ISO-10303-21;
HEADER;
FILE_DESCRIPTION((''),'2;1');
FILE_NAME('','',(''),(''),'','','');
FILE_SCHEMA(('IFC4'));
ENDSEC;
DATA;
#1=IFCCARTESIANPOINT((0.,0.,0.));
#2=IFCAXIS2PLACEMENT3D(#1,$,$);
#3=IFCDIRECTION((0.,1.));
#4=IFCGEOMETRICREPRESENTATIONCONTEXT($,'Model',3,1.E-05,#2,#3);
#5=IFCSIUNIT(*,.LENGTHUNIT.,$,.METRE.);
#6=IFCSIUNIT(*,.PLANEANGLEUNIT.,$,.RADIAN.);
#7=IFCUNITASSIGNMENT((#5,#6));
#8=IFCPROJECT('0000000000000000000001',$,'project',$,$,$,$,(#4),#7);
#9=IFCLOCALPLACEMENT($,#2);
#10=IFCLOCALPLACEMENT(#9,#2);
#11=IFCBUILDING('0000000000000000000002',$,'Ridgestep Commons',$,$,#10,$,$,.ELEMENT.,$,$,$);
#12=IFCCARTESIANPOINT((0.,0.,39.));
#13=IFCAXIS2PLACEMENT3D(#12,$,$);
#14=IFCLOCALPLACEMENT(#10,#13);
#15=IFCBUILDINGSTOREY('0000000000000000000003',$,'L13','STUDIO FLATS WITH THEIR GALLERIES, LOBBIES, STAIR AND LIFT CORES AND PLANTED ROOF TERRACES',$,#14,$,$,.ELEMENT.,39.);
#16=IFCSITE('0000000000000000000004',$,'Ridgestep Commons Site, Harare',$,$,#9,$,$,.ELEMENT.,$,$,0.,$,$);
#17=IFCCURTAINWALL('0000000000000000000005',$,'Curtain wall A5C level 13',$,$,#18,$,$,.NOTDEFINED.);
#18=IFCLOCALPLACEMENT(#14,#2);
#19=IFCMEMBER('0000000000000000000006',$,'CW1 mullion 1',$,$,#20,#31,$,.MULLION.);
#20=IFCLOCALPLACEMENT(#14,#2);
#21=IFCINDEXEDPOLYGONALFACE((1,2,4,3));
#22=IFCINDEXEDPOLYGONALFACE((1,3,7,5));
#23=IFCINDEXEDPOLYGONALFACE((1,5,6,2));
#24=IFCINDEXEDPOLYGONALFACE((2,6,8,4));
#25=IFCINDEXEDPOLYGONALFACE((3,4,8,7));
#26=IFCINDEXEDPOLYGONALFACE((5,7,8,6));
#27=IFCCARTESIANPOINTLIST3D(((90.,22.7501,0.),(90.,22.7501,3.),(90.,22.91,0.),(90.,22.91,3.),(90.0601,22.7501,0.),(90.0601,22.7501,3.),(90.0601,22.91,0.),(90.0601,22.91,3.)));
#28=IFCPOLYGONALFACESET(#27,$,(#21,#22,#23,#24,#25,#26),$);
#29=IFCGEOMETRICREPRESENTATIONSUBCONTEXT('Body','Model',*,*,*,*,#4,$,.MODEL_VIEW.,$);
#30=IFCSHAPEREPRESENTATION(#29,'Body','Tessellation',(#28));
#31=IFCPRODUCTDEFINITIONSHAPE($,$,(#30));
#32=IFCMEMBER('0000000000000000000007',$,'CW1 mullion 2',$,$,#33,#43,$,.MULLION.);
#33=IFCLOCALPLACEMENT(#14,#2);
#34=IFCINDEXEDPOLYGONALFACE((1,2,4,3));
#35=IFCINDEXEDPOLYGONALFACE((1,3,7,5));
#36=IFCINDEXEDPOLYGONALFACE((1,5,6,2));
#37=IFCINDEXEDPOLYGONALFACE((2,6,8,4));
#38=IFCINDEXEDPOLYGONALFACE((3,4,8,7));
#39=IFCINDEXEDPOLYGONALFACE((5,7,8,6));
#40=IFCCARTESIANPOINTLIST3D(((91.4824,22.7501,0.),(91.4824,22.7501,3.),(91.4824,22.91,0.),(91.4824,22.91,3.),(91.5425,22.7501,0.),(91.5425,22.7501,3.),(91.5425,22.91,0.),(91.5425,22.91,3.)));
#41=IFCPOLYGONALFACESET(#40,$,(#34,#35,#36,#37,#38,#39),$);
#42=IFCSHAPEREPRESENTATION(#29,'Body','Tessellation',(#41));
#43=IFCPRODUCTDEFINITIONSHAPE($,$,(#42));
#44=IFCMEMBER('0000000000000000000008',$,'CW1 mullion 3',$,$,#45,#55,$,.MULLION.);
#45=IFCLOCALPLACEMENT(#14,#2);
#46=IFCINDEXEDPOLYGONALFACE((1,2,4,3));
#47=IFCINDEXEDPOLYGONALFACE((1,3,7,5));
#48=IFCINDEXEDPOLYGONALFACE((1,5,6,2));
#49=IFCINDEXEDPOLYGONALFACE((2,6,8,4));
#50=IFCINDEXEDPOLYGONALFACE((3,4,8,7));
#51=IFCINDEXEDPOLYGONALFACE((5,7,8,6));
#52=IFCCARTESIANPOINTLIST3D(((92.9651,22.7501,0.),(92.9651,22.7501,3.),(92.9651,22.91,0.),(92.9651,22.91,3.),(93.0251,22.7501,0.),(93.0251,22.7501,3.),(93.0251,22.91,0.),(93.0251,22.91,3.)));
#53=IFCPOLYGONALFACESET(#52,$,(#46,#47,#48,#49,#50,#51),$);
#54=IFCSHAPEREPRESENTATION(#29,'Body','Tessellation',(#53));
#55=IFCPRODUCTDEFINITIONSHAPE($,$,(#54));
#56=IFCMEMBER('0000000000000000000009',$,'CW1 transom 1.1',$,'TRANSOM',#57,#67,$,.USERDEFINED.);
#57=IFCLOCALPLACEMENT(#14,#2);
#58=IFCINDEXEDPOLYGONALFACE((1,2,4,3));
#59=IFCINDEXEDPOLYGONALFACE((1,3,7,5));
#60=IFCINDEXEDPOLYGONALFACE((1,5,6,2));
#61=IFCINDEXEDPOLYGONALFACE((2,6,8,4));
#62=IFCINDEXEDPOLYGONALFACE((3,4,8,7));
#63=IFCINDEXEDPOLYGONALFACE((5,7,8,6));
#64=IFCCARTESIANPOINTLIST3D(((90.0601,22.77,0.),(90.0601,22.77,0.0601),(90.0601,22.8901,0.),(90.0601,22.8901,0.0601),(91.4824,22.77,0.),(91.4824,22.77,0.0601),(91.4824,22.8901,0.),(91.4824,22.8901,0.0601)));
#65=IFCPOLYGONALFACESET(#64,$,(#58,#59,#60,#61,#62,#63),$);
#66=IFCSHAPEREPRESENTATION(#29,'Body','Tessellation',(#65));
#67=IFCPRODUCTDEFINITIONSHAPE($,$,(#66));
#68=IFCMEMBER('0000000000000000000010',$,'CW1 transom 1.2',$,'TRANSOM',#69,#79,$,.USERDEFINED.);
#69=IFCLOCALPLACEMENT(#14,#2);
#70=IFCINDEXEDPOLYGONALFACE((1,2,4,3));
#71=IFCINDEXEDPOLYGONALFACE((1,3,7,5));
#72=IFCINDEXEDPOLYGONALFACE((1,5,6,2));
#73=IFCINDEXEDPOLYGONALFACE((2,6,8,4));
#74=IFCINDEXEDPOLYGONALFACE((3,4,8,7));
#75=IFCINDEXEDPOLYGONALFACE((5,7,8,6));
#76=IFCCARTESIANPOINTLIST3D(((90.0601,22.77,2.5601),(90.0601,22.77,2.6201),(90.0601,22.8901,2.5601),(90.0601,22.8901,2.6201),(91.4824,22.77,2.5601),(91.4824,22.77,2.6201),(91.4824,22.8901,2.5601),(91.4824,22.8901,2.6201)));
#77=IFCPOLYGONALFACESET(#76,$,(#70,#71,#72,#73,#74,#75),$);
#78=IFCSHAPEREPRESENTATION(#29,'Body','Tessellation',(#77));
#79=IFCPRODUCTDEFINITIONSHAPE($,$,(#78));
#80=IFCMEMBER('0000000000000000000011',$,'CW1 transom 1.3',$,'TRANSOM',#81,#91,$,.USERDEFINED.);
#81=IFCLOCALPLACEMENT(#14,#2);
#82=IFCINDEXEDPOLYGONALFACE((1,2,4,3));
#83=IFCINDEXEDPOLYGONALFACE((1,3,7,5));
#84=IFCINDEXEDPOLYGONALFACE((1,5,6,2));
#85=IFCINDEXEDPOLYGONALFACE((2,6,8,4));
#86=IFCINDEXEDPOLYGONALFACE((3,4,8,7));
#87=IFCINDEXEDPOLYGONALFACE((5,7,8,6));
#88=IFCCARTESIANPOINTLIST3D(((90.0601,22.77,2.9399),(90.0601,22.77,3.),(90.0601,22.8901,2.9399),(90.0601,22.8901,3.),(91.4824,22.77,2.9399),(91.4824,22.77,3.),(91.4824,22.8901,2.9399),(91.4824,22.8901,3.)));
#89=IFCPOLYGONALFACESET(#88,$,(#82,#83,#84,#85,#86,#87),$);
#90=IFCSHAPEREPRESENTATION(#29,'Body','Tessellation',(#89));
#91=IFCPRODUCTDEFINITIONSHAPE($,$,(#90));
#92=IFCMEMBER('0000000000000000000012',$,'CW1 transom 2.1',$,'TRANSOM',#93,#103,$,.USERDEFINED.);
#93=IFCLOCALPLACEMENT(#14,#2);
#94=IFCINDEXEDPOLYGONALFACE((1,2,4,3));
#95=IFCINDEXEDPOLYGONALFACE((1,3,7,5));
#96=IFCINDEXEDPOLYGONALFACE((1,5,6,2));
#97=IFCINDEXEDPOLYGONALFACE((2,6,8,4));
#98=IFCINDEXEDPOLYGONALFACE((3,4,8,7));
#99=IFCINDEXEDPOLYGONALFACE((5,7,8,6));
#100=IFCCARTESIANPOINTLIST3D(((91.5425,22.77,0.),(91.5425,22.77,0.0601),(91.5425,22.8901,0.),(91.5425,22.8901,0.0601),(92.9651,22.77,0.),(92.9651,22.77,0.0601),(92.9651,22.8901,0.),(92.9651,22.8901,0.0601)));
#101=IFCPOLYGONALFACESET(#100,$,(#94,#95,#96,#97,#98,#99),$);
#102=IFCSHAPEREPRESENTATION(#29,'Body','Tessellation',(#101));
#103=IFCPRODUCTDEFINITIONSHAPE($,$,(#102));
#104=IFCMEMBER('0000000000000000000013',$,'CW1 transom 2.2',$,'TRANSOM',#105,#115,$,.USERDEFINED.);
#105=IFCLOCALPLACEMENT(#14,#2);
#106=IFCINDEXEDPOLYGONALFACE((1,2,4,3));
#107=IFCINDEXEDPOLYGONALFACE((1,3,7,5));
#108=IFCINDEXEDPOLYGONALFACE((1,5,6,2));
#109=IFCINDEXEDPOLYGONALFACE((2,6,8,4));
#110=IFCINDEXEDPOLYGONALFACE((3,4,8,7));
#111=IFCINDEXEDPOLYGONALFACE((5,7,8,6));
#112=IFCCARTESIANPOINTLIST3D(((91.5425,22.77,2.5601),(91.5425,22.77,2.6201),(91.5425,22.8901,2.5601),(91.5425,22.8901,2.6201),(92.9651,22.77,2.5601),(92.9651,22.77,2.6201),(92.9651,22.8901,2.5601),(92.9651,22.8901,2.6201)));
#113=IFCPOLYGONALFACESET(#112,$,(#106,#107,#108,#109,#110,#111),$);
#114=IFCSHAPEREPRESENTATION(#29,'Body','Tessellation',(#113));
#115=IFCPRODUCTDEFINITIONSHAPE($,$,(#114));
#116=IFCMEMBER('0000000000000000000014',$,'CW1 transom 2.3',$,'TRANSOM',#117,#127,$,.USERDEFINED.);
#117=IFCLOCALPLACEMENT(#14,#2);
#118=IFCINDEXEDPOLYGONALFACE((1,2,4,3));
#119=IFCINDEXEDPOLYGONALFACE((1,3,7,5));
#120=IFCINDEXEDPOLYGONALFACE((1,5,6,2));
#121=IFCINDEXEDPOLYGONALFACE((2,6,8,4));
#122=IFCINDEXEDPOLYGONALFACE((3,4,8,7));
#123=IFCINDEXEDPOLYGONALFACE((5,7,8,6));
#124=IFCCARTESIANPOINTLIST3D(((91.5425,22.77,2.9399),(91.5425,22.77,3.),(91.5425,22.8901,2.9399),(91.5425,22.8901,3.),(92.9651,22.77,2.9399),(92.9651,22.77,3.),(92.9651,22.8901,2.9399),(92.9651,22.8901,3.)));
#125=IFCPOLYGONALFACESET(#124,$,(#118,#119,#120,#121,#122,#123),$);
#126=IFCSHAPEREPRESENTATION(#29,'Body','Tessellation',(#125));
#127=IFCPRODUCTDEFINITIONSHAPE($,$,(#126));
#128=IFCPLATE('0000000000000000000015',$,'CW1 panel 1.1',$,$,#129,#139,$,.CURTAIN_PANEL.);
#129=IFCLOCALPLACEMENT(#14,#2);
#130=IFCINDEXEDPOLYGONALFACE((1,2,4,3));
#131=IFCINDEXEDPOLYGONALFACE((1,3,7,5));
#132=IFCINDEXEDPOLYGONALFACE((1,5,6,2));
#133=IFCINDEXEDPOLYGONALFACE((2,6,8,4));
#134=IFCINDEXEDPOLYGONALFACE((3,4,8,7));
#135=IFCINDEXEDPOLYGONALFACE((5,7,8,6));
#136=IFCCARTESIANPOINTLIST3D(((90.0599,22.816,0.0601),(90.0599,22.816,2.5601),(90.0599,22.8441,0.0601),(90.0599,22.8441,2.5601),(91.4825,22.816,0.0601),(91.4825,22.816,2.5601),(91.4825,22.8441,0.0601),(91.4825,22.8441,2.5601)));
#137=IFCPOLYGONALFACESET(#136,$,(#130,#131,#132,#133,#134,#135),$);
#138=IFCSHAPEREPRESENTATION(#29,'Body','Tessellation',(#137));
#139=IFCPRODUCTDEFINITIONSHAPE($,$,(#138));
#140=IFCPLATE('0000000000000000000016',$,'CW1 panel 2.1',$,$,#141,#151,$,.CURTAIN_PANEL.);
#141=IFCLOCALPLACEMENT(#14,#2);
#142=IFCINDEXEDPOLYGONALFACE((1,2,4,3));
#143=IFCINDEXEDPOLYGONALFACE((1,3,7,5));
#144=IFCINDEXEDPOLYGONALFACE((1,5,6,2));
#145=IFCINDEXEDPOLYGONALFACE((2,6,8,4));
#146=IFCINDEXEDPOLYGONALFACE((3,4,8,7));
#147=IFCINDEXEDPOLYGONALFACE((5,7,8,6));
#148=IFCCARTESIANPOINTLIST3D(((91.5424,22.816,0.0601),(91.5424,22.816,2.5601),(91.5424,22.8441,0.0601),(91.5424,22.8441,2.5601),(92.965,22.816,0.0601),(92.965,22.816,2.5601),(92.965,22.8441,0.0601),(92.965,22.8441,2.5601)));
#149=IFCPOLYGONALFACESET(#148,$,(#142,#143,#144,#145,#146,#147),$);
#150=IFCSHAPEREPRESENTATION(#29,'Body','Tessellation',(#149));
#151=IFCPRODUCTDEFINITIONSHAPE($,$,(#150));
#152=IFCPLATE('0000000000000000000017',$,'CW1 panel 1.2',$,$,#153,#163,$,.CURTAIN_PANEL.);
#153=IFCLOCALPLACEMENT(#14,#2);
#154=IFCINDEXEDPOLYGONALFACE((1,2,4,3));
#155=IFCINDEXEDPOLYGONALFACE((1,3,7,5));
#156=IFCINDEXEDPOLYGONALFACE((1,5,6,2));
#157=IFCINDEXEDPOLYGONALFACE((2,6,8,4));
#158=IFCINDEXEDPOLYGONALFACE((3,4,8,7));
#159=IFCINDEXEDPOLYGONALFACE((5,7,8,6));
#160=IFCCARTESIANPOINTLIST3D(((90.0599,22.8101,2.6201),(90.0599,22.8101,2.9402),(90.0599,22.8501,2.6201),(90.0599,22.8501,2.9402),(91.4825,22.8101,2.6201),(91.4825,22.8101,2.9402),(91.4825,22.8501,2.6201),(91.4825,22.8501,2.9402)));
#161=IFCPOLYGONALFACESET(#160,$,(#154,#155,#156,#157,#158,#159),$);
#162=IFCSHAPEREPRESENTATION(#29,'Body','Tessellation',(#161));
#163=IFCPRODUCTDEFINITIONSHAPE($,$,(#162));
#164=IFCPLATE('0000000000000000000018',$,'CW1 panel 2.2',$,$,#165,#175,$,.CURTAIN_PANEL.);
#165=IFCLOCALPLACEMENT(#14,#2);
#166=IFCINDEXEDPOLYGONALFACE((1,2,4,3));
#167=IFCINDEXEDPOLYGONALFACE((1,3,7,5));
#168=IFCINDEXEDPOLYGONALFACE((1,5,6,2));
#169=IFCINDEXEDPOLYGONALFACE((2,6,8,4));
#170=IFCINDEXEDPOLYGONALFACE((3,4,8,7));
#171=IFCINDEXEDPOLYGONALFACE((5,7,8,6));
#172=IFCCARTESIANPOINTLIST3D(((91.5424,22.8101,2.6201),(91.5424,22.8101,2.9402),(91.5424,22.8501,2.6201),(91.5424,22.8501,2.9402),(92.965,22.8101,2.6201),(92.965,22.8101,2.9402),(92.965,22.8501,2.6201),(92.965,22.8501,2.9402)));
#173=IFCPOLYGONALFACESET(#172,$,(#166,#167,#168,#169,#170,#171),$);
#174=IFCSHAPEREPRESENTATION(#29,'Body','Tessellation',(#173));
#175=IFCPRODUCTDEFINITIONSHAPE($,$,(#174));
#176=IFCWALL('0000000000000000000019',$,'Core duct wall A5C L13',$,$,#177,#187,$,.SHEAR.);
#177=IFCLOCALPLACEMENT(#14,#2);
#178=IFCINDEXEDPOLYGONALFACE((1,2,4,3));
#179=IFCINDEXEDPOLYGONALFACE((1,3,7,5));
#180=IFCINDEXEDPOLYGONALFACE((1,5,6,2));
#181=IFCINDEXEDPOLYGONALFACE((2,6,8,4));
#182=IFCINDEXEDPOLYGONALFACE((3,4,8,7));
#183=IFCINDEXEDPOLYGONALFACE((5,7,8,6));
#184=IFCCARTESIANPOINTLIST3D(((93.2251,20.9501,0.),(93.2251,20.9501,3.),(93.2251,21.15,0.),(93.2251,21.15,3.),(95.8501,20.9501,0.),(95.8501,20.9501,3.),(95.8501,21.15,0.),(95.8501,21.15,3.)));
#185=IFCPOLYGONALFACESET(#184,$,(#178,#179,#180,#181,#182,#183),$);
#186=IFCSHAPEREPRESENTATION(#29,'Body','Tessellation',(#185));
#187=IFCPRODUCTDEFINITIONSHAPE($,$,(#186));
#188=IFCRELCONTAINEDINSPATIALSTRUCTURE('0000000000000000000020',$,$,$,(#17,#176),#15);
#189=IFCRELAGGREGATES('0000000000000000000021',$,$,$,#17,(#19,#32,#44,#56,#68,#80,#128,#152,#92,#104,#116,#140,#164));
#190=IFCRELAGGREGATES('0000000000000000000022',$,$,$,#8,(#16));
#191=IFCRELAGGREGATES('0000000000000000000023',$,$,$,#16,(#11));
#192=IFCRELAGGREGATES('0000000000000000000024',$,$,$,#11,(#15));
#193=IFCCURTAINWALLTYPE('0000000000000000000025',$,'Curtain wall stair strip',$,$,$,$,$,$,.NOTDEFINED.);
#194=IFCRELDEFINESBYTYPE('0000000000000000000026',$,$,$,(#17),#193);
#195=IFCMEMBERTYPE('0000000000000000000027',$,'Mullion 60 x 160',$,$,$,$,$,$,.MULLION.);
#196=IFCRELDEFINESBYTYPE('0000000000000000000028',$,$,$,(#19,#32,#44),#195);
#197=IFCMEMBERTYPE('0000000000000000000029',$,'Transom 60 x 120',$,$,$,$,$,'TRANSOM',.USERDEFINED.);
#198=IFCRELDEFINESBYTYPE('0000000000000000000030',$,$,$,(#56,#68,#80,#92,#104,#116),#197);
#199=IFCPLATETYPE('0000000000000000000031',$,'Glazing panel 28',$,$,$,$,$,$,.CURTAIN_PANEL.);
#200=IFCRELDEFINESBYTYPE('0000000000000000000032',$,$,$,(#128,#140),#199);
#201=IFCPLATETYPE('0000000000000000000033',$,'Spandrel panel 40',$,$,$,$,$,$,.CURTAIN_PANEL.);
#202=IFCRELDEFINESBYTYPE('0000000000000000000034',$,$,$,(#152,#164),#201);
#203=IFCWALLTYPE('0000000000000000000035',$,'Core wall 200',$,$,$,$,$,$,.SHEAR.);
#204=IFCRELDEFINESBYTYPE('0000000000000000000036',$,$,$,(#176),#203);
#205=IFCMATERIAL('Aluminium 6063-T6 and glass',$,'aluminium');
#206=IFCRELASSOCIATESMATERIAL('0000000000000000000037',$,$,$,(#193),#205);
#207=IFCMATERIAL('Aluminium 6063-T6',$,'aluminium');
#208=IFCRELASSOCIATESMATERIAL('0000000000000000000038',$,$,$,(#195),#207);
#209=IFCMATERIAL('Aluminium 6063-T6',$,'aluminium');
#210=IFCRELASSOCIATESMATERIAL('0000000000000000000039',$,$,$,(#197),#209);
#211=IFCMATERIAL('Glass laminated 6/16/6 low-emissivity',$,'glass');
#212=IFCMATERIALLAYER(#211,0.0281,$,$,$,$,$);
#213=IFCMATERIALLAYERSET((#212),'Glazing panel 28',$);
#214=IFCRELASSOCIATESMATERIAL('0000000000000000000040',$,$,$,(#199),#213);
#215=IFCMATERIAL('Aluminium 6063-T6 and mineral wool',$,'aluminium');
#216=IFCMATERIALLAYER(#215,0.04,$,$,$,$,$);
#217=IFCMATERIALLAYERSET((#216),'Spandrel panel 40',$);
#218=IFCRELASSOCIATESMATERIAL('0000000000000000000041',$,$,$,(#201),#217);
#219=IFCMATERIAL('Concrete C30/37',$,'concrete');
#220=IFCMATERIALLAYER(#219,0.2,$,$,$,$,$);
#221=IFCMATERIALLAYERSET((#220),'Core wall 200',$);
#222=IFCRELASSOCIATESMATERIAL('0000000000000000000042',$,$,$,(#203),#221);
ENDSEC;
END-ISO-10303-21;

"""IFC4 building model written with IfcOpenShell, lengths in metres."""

from ifc_helpers import new_model, si_unit, direction, frame, frame_2d, origin, origin_2d, place, context, subcontext, project, spatial, rectangle, extrude, material, layer, layer_set, material_profile, profile_set, type_object, element, aggregate, save


model = new_model("IFC4")

# Units and contexts
model_context = context("Model", 3, precision=1e-05, world=origin(), true_north=direction((0.0, 1.0)))
body_context = subcontext(model_context, "Body", "Model", "MODEL_VIEW")
ifc_project = project(units=[si_unit("LENGTHUNIT", "METRE"), si_unit("PLANEANGLEUNIT", "RADIAN")], contexts=[model_context])

# Site, building, storey
site_placement = place(None, origin())
site = spatial("IfcSite", under=ifc_project, at=site_placement, Name="Ridgestep Commons Site, Harare", CompositionType="ELEMENT", RefElevation=0.0)
building_placement = place(site_placement, origin())
building = spatial("IfcBuilding", under=site, at=building_placement, Name="Ridgestep Commons", CompositionType="ELEMENT")
storey_placement = place(building_placement, frame((0.0, 0.0, 39.0)))
storey = spatial("IfcBuildingStorey", under=building, at=storey_placement, Name="L13", Description="STUDIO FLATS WITH THEIR GALLERIES, LOBBIES, STAIR AND LIFT CORES AND PLANTED ROOF TERRACES", CompositionType="ELEMENT", Elevation=39.0)

# Curtain wall, members, plates
ifc_material_1 = material(Name="Aluminium 6063-T6 and glass", Category="aluminium")
curtain_wall_type = type_object("IfcCurtainWallType", Name="Curtain wall stair strip", PredefinedType="NOTDEFINED", material=ifc_material_1)
curtain_wall_placement = place(storey_placement, origin())
curtain_wall = element("IfcCurtainWall", 1, at=curtain_wall_placement, inside=storey, type_object=curtain_wall_type, Name="Curtain wall A5C level 13", PredefinedType="NOTDEFINED")
ifc_material_2 = material(Name="Aluminium 6063-T6", Category="aluminium")
ifc_material_profile_1 = material_profile(ifc_material_2, rectangle(XDim=0.1599, YDim=0.0601, at=origin_2d()), Name="Mullion 60 x 160")
ifc_profile_set_1 = profile_set([ifc_material_profile_1], Name="Aluminium 6063-T6")
member_type_1 = type_object("IfcMemberType", Name="Mullion 60 x 160", PredefinedType="MULLION", material=ifc_profile_set_1)
member_1_placement = place(storey_placement, frame((90.03, 22.8301, 0.0), z_axis=(0.0, 0.0, 1.0), x_axis=(0.0, 1.0, 0.0)))
member_1 = element("IfcMember", 2, at=member_1_placement, type_object=member_type_1, Name="CW1 mullion 1", PredefinedType="MULLION", context=body_context, shape_type="SweptSolid", body=[
    extrude(rectangle(XDim=0.1599, YDim=0.0601, at=origin_2d()), origin(), (0.0, 0.0, 1.0), 3.0),
])
member_2_placement = place(storey_placement, frame((91.5125, 22.8301, 0.0), z_axis=(0.0, 0.0, 1.0), x_axis=(0.0, 1.0, 0.0)))
member_2 = element("IfcMember", 3, at=member_2_placement, type_object=member_type_1, Name="CW1 mullion 2", PredefinedType="MULLION", context=body_context, shape_type="SweptSolid", body=[
    extrude(rectangle(XDim=0.1599, YDim=0.0601, at=origin_2d()), origin(), (0.0, 0.0, 1.0), 3.0),
])
member_3_placement = place(storey_placement, frame((92.9951, 22.8301, 0.0), z_axis=(0.0, 0.0, 1.0), x_axis=(0.0, 1.0, 0.0)))
member_3 = element("IfcMember", 4, at=member_3_placement, type_object=member_type_1, Name="CW1 mullion 3", PredefinedType="MULLION", context=body_context, shape_type="SweptSolid", body=[
    extrude(rectangle(XDim=0.1599, YDim=0.0601, at=origin_2d()), origin(), (0.0, 0.0, 1.0), 3.0),
])
ifc_material_3 = material(Name="Aluminium 6063-T6", Category="aluminium")
ifc_material_profile_2 = material_profile(ifc_material_3, rectangle(XDim=0.1201, YDim=0.0601, at=origin_2d()), Name="Transom 60 x 120")
ifc_profile_set_2 = profile_set([ifc_material_profile_2], Name="Aluminium 6063-T6")
member_type_2 = type_object("IfcMemberType", Name="Transom 60 x 120", ElementType="TRANSOM", PredefinedType="USERDEFINED", material=ifc_profile_set_2)
member_4_placement = place(storey_placement, frame((90.0601, 22.8301, 0.03), z_axis=(1.0, 0.0, 0.0), x_axis=(0.0, 1.0, 0.0)))
member_4 = element("IfcMember", 5, at=member_4_placement, type_object=member_type_2, Name="CW1 transom 1.1", ObjectType="TRANSOM", PredefinedType="USERDEFINED", context=body_context, shape_type="SweptSolid", body=[
    extrude(rectangle(XDim=0.1201, YDim=0.0601, at=origin_2d()), origin(), (0.0, 0.0, 1.0), 1.4224),
])
member_5_placement = place(storey_placement, frame((90.0601, 22.8301, 2.5901), z_axis=(1.0, 0.0, 0.0), x_axis=(0.0, 1.0, 0.0)))
member_5 = element("IfcMember", 6, at=member_5_placement, type_object=member_type_2, Name="CW1 transom 1.2", ObjectType="TRANSOM", PredefinedType="USERDEFINED", context=body_context, shape_type="SweptSolid", body=[
    extrude(rectangle(XDim=0.1201, YDim=0.0601, at=origin_2d()), origin(), (0.0, 0.0, 1.0), 1.4224),
])
member_6_placement = place(storey_placement, frame((90.0601, 22.8301, 2.97), z_axis=(1.0, 0.0, 0.0), x_axis=(0.0, 1.0, 0.0)))
member_6 = element("IfcMember", 7, at=member_6_placement, type_object=member_type_2, Name="CW1 transom 1.3", ObjectType="TRANSOM", PredefinedType="USERDEFINED", context=body_context, shape_type="SweptSolid", body=[
    extrude(rectangle(XDim=0.1201, YDim=0.0601, at=origin_2d()), origin(), (0.0, 0.0, 1.0), 1.4224),
])
member_7_placement = place(storey_placement, frame((91.5425, 22.8301, 0.03), z_axis=(1.0, 0.0, 0.0), x_axis=(0.0, 1.0, 0.0)))
member_7 = element("IfcMember", 8, at=member_7_placement, type_object=member_type_2, Name="CW1 transom 2.1", ObjectType="TRANSOM", PredefinedType="USERDEFINED", context=body_context, shape_type="SweptSolid", body=[
    extrude(rectangle(XDim=0.1201, YDim=0.0601, at=origin_2d()), origin(), (0.0, 0.0, 1.0), 1.4226),
])
member_8_placement = place(storey_placement, frame((91.5425, 22.8301, 2.5901), z_axis=(1.0, 0.0, 0.0), x_axis=(0.0, 1.0, 0.0)))
member_8 = element("IfcMember", 9, at=member_8_placement, type_object=member_type_2, Name="CW1 transom 2.2", ObjectType="TRANSOM", PredefinedType="USERDEFINED", context=body_context, shape_type="SweptSolid", body=[
    extrude(rectangle(XDim=0.1201, YDim=0.0601, at=origin_2d()), origin(), (0.0, 0.0, 1.0), 1.4226),
])
member_9_placement = place(storey_placement, frame((91.5425, 22.8301, 2.97), z_axis=(1.0, 0.0, 0.0), x_axis=(0.0, 1.0, 0.0)))
member_9 = element("IfcMember", 10, at=member_9_placement, type_object=member_type_2, Name="CW1 transom 2.3", ObjectType="TRANSOM", PredefinedType="USERDEFINED", context=body_context, shape_type="SweptSolid", body=[
    extrude(rectangle(XDim=0.1201, YDim=0.0601, at=origin_2d()), origin(), (0.0, 0.0, 1.0), 1.4226),
])
ifc_material_4 = material(Name="Glass laminated 6/16/6 low-emissivity", Category="glass")
ifc_layer_1 = layer(ifc_material_4, 0.0281)
ifc_layer_set_1 = layer_set([ifc_layer_1], Name="Glazing panel 28")
plate_type_1 = type_object("IfcPlateType", Name="Glazing panel 28", PredefinedType="CURTAIN_PANEL", material=ifc_layer_set_1)
plate_1_placement = place(storey_placement, frame((90.7712, 22.8301, 0.0601), z_axis=(0.0, 0.0, 1.0), x_axis=(1.0, 0.0, 0.0)))
plate_1 = element("IfcPlate", 11, at=plate_1_placement, type_object=plate_type_1, Name="CW1 panel 1.1", PredefinedType="CURTAIN_PANEL", context=body_context, shape_type="SweptSolid", body=[
    extrude(rectangle(XDim=1.4226, YDim=0.0281, at=origin_2d()), origin(), (0.0, 0.0, 1.0), 2.5),
])
plate_2_placement = place(storey_placement, frame((92.2537, 22.8301, 0.0601), z_axis=(0.0, 0.0, 1.0), x_axis=(1.0, 0.0, 0.0)))
plate_2 = element("IfcPlate", 12, at=plate_2_placement, type_object=plate_type_1, Name="CW1 panel 2.1", PredefinedType="CURTAIN_PANEL", context=body_context, shape_type="SweptSolid", body=[
    extrude(rectangle(XDim=1.4226, YDim=0.0281, at=origin_2d()), origin(), (0.0, 0.0, 1.0), 2.5),
])
ifc_material_5 = material(Name="Aluminium 6063-T6 and mineral wool", Category="aluminium")
ifc_layer_2 = layer(ifc_material_5, 0.04)
ifc_layer_set_2 = layer_set([ifc_layer_2], Name="Spandrel panel 40")
plate_type_2 = type_object("IfcPlateType", Name="Spandrel panel 40", PredefinedType="CURTAIN_PANEL", material=ifc_layer_set_2)
plate_3_placement = place(storey_placement, frame((90.7712, 22.8301, 2.6201), z_axis=(0.0, 0.0, 1.0), x_axis=(1.0, 0.0, 0.0)))
plate_3 = element("IfcPlate", 13, at=plate_3_placement, type_object=plate_type_2, Name="CW1 panel 1.2", PredefinedType="CURTAIN_PANEL", context=body_context, shape_type="SweptSolid", body=[
    extrude(rectangle(XDim=1.4226, YDim=0.04, at=origin_2d()), origin(), (0.0, 0.0, 1.0), 0.3201),
])
plate_4_placement = place(storey_placement, frame((92.2537, 22.8301, 2.6201), z_axis=(0.0, 0.0, 1.0), x_axis=(1.0, 0.0, 0.0)))
plate_4 = element("IfcPlate", 14, at=plate_4_placement, type_object=plate_type_2, Name="CW1 panel 2.2", PredefinedType="CURTAIN_PANEL", context=body_context, shape_type="SweptSolid", body=[
    extrude(rectangle(XDim=1.4226, YDim=0.04, at=origin_2d()), origin(), (0.0, 0.0, 1.0), 0.3201),
])
aggregate(curtain_wall, [member_1, member_2, member_3, member_4, member_5, member_6, plate_1, plate_3, member_7, member_8, member_9, plate_2, plate_4])

# Wall
ifc_material_6 = material(Name="Concrete C30/37", Category="concrete")
ifc_layer_3 = layer(ifc_material_6, 0.2)
ifc_layer_set_3 = layer_set([ifc_layer_3], Name="Core wall 200")
wall_type_1 = type_object("IfcWallType", Name="Core wall 200", PredefinedType="SHEAR", material=ifc_layer_set_3)
wall_placement = place(storey_placement, frame((93.2251, 21.05, 0.0), z_axis=(0.0, 0.0, 1.0), x_axis=(1.0, 0.0, 0.0)))
element("IfcWall", 15, at=wall_placement, inside=storey, type_object=wall_type_1, Name="Core duct wall A5C L13", PredefinedType="SHEAR", context=body_context, shape_type="SweptSolid", body=[
    extrude(rectangle(XDim=2.625, YDim=0.2, at=frame_2d((1.3125, 0.0))), origin(), (0.0, 0.0, 1.0), 3.0),
])

save(model, "model.ifc")
